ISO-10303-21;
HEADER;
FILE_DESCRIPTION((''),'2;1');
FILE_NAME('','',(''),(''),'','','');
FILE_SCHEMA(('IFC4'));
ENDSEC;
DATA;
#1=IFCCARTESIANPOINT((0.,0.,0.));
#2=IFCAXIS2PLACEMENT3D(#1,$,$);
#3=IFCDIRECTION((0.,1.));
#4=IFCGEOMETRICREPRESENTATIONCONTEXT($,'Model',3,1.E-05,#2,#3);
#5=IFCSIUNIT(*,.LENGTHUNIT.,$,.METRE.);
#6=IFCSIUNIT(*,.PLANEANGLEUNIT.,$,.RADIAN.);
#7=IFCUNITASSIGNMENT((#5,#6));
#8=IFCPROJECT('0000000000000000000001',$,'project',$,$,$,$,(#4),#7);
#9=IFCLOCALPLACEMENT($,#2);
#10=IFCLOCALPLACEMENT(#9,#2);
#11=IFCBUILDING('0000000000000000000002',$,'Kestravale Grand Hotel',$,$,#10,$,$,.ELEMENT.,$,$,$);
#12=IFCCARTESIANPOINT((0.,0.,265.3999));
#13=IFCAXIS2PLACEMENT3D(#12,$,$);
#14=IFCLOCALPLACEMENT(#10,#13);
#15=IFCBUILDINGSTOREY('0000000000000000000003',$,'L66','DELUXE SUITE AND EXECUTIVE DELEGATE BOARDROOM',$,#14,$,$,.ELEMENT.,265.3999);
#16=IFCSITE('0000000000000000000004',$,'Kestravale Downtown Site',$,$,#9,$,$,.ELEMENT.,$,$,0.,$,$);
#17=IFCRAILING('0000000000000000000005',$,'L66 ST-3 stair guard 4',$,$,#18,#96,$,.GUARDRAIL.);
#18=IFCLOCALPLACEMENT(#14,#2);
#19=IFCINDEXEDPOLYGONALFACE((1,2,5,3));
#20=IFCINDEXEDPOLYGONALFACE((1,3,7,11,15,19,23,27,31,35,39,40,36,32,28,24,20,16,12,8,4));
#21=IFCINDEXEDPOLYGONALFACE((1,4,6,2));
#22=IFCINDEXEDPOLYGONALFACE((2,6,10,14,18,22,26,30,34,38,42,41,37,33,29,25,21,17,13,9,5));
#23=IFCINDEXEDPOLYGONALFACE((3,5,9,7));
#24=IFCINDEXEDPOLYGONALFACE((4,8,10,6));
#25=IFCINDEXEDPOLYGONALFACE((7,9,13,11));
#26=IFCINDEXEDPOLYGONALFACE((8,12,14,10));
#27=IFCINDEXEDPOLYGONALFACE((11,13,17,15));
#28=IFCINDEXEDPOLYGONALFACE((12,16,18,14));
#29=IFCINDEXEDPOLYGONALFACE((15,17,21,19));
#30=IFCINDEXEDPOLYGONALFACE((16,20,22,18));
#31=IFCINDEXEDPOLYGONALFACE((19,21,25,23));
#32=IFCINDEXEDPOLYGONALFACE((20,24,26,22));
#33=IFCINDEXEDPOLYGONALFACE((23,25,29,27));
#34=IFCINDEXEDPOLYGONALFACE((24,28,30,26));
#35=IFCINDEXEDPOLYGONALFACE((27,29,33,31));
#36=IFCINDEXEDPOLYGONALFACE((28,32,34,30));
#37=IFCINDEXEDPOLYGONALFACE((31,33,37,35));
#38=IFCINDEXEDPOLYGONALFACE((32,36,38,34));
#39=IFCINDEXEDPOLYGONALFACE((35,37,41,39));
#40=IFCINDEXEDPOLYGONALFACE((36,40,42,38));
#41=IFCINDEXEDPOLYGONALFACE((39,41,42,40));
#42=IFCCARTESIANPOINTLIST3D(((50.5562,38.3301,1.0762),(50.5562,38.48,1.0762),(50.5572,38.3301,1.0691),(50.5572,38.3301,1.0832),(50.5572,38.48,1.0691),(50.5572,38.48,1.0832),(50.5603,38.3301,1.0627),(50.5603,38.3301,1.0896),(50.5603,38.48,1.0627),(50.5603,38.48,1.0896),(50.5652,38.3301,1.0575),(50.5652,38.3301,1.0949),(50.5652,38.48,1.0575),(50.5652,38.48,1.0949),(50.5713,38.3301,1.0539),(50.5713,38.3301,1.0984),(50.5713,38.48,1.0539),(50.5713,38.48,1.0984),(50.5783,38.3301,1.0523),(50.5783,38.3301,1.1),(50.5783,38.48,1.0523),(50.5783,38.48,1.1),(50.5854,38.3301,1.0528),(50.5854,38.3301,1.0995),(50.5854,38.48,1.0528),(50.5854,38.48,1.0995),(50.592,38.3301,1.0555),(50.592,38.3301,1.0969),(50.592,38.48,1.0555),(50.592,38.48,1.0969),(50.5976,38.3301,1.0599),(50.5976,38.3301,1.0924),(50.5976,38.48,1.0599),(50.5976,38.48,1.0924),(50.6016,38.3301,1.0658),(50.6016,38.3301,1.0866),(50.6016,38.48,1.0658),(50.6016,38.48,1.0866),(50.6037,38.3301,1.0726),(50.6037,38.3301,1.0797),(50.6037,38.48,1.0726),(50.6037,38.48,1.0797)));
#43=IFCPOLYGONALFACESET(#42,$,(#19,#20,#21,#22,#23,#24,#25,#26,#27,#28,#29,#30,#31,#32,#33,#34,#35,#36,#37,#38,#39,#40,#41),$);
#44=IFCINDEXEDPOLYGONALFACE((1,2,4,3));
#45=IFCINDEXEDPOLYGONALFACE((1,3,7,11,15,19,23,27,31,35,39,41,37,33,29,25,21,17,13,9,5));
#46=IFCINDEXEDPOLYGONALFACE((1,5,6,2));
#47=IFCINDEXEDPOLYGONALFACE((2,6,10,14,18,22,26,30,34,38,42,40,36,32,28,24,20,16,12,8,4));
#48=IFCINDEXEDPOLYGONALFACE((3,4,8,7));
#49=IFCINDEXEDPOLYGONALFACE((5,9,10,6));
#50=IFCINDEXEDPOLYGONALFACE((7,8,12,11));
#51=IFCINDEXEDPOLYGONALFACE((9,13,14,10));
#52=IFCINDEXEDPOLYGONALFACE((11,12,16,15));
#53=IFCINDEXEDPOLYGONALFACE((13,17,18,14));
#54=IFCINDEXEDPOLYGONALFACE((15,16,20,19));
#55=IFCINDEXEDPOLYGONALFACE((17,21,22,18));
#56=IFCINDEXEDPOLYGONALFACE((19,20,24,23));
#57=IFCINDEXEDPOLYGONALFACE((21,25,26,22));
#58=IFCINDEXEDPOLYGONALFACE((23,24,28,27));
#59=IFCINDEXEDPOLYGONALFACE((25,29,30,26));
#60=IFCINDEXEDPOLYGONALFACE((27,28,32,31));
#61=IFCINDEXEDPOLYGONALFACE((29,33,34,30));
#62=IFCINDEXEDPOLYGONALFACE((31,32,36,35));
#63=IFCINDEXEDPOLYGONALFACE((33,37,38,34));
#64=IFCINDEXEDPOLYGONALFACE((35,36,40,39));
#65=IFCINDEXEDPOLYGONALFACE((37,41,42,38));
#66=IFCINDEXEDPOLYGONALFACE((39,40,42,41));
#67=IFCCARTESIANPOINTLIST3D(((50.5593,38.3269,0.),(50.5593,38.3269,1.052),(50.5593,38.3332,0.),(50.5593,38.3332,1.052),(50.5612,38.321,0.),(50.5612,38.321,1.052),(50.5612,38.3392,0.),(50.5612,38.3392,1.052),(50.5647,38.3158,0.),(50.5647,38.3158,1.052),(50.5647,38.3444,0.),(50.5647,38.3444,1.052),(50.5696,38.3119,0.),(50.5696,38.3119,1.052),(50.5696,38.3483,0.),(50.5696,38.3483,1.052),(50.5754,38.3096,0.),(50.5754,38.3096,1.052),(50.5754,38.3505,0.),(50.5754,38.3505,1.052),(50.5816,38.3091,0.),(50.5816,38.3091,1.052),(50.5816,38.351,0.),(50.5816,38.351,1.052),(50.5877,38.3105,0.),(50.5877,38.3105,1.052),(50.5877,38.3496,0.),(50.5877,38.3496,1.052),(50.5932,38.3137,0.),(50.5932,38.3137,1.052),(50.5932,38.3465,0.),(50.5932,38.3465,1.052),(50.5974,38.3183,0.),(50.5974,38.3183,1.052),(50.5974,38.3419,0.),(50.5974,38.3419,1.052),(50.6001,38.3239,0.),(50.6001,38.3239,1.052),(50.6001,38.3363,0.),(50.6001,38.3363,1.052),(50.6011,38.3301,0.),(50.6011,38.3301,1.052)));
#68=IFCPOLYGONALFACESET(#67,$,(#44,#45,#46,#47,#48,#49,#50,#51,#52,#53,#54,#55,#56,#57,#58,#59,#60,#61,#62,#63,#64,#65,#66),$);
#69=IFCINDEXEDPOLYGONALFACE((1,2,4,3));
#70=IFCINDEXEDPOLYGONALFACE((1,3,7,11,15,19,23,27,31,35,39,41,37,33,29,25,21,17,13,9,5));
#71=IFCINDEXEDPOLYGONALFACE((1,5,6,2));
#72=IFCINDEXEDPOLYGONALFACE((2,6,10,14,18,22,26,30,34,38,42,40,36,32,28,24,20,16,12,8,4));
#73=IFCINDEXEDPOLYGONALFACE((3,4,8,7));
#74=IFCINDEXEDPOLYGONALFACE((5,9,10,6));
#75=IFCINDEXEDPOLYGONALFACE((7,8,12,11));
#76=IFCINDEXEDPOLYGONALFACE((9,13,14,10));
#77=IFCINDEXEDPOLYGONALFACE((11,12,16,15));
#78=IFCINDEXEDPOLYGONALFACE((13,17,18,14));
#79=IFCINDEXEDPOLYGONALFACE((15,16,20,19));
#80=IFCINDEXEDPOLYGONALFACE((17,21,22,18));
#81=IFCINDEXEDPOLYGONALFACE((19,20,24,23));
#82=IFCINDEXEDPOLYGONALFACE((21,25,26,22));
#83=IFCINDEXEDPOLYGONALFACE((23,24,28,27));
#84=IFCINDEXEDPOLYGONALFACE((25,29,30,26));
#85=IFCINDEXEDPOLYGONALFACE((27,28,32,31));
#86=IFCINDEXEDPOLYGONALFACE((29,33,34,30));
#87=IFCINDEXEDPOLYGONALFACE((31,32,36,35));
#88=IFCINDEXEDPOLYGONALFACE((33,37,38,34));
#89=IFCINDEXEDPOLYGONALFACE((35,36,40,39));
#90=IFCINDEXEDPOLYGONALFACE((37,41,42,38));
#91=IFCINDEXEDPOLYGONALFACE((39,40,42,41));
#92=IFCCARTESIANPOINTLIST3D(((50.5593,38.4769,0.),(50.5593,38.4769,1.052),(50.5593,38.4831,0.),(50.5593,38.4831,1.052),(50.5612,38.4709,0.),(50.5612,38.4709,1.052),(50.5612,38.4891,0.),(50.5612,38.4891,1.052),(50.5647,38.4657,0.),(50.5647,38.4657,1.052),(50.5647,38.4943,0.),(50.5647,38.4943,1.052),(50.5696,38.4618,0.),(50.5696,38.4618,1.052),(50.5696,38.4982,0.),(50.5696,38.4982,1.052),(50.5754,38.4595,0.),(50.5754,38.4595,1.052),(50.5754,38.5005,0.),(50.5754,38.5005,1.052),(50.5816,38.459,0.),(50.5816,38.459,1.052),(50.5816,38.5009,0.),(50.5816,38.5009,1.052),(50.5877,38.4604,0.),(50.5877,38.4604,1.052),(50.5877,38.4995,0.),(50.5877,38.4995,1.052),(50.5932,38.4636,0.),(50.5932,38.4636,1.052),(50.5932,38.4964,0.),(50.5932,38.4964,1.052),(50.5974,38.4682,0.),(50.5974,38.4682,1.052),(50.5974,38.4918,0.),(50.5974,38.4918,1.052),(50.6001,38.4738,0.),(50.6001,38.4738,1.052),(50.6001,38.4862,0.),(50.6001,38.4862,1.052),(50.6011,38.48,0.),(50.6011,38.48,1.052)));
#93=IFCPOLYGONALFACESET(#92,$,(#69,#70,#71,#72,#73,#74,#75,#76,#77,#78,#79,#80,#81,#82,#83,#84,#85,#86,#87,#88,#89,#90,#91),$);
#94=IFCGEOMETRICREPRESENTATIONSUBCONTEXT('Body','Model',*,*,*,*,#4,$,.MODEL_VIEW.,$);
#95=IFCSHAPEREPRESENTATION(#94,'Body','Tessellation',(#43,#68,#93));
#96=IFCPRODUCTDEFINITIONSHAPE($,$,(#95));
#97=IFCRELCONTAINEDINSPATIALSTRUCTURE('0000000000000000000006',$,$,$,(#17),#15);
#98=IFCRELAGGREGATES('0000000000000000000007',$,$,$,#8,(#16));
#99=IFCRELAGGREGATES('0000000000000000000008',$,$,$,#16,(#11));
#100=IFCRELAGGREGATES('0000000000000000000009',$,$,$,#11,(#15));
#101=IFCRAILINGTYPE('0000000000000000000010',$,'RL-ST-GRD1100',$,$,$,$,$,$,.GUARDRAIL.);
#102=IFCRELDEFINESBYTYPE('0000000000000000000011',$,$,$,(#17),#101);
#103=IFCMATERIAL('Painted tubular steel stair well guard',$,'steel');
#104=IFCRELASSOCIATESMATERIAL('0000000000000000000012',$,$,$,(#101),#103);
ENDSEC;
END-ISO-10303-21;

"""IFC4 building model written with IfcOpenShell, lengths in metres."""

from ifc_helpers import new_model, si_unit, direction, frame, origin, origin_2d, place, context, subcontext, project, spatial, circle, extrude, material, type_object, element, save


model = new_model("IFC4")

# Units and contexts
model_context = context("Model", 3, precision=1e-05, world=origin(), true_north=direction((0.0, 1.0)))
body_context = subcontext(model_context, "Body", "Model", "MODEL_VIEW")
ifc_project = project(units=[si_unit("LENGTHUNIT", "METRE"), si_unit("PLANEANGLEUNIT", "RADIAN")], contexts=[model_context])

# Site, building, storey
site_placement = place(None, origin())
site = spatial("IfcSite", under=ifc_project, at=site_placement, Name="Kestravale Downtown Site", CompositionType="ELEMENT", RefElevation=0.0)
building_placement = place(site_placement, origin())
building = spatial("IfcBuilding", under=site, at=building_placement, Name="Kestravale Grand Hotel", CompositionType="ELEMENT")
storey_placement = place(building_placement, frame((0.0, 0.0, 265.3999)))
storey = spatial("IfcBuildingStorey", under=building, at=storey_placement, Name="L66", Description="DELUXE SUITE AND EXECUTIVE DELEGATE BOARDROOM", CompositionType="ELEMENT", Elevation=265.3999)

# Railing
ifc_material_1 = material(Name="Painted tubular steel stair well guard", Category="steel")
railing_type_1 = type_object("IfcRailingType", Name="RL-ST-GRD1100", PredefinedType="GUARDRAIL", material=ifc_material_1)
railing_1_placement = place(storey_placement, frame((50.5801, 38.3301, 0.0)))
element("IfcRailing", 1, at=railing_1_placement, inside=storey, type_object=railing_type_1, Name="L66 ST-3 stair guard 4", PredefinedType="GUARDRAIL", context=body_context, shape_type="SweptSolid", body=[
    extrude(circle(Radius=0.0239, at=origin_2d()), frame((0.0, 0.0, 1.0762), z_axis=(0.0, 1.0, 0.0), x_axis=(-1.0, 0.0, 0.0)), (0.0, 0.0, 1.0), 0.1499),
    extrude(circle(Radius=0.021, at=origin_2d()), origin(), (0.0, 0.0, 1.0), 1.052),
    extrude(circle(Radius=0.021, at=origin_2d()), frame((0.0, 0.1499, 0.0)), (0.0, 0.0, 1.0), 1.052),
])

save(model, "model.ifc")
